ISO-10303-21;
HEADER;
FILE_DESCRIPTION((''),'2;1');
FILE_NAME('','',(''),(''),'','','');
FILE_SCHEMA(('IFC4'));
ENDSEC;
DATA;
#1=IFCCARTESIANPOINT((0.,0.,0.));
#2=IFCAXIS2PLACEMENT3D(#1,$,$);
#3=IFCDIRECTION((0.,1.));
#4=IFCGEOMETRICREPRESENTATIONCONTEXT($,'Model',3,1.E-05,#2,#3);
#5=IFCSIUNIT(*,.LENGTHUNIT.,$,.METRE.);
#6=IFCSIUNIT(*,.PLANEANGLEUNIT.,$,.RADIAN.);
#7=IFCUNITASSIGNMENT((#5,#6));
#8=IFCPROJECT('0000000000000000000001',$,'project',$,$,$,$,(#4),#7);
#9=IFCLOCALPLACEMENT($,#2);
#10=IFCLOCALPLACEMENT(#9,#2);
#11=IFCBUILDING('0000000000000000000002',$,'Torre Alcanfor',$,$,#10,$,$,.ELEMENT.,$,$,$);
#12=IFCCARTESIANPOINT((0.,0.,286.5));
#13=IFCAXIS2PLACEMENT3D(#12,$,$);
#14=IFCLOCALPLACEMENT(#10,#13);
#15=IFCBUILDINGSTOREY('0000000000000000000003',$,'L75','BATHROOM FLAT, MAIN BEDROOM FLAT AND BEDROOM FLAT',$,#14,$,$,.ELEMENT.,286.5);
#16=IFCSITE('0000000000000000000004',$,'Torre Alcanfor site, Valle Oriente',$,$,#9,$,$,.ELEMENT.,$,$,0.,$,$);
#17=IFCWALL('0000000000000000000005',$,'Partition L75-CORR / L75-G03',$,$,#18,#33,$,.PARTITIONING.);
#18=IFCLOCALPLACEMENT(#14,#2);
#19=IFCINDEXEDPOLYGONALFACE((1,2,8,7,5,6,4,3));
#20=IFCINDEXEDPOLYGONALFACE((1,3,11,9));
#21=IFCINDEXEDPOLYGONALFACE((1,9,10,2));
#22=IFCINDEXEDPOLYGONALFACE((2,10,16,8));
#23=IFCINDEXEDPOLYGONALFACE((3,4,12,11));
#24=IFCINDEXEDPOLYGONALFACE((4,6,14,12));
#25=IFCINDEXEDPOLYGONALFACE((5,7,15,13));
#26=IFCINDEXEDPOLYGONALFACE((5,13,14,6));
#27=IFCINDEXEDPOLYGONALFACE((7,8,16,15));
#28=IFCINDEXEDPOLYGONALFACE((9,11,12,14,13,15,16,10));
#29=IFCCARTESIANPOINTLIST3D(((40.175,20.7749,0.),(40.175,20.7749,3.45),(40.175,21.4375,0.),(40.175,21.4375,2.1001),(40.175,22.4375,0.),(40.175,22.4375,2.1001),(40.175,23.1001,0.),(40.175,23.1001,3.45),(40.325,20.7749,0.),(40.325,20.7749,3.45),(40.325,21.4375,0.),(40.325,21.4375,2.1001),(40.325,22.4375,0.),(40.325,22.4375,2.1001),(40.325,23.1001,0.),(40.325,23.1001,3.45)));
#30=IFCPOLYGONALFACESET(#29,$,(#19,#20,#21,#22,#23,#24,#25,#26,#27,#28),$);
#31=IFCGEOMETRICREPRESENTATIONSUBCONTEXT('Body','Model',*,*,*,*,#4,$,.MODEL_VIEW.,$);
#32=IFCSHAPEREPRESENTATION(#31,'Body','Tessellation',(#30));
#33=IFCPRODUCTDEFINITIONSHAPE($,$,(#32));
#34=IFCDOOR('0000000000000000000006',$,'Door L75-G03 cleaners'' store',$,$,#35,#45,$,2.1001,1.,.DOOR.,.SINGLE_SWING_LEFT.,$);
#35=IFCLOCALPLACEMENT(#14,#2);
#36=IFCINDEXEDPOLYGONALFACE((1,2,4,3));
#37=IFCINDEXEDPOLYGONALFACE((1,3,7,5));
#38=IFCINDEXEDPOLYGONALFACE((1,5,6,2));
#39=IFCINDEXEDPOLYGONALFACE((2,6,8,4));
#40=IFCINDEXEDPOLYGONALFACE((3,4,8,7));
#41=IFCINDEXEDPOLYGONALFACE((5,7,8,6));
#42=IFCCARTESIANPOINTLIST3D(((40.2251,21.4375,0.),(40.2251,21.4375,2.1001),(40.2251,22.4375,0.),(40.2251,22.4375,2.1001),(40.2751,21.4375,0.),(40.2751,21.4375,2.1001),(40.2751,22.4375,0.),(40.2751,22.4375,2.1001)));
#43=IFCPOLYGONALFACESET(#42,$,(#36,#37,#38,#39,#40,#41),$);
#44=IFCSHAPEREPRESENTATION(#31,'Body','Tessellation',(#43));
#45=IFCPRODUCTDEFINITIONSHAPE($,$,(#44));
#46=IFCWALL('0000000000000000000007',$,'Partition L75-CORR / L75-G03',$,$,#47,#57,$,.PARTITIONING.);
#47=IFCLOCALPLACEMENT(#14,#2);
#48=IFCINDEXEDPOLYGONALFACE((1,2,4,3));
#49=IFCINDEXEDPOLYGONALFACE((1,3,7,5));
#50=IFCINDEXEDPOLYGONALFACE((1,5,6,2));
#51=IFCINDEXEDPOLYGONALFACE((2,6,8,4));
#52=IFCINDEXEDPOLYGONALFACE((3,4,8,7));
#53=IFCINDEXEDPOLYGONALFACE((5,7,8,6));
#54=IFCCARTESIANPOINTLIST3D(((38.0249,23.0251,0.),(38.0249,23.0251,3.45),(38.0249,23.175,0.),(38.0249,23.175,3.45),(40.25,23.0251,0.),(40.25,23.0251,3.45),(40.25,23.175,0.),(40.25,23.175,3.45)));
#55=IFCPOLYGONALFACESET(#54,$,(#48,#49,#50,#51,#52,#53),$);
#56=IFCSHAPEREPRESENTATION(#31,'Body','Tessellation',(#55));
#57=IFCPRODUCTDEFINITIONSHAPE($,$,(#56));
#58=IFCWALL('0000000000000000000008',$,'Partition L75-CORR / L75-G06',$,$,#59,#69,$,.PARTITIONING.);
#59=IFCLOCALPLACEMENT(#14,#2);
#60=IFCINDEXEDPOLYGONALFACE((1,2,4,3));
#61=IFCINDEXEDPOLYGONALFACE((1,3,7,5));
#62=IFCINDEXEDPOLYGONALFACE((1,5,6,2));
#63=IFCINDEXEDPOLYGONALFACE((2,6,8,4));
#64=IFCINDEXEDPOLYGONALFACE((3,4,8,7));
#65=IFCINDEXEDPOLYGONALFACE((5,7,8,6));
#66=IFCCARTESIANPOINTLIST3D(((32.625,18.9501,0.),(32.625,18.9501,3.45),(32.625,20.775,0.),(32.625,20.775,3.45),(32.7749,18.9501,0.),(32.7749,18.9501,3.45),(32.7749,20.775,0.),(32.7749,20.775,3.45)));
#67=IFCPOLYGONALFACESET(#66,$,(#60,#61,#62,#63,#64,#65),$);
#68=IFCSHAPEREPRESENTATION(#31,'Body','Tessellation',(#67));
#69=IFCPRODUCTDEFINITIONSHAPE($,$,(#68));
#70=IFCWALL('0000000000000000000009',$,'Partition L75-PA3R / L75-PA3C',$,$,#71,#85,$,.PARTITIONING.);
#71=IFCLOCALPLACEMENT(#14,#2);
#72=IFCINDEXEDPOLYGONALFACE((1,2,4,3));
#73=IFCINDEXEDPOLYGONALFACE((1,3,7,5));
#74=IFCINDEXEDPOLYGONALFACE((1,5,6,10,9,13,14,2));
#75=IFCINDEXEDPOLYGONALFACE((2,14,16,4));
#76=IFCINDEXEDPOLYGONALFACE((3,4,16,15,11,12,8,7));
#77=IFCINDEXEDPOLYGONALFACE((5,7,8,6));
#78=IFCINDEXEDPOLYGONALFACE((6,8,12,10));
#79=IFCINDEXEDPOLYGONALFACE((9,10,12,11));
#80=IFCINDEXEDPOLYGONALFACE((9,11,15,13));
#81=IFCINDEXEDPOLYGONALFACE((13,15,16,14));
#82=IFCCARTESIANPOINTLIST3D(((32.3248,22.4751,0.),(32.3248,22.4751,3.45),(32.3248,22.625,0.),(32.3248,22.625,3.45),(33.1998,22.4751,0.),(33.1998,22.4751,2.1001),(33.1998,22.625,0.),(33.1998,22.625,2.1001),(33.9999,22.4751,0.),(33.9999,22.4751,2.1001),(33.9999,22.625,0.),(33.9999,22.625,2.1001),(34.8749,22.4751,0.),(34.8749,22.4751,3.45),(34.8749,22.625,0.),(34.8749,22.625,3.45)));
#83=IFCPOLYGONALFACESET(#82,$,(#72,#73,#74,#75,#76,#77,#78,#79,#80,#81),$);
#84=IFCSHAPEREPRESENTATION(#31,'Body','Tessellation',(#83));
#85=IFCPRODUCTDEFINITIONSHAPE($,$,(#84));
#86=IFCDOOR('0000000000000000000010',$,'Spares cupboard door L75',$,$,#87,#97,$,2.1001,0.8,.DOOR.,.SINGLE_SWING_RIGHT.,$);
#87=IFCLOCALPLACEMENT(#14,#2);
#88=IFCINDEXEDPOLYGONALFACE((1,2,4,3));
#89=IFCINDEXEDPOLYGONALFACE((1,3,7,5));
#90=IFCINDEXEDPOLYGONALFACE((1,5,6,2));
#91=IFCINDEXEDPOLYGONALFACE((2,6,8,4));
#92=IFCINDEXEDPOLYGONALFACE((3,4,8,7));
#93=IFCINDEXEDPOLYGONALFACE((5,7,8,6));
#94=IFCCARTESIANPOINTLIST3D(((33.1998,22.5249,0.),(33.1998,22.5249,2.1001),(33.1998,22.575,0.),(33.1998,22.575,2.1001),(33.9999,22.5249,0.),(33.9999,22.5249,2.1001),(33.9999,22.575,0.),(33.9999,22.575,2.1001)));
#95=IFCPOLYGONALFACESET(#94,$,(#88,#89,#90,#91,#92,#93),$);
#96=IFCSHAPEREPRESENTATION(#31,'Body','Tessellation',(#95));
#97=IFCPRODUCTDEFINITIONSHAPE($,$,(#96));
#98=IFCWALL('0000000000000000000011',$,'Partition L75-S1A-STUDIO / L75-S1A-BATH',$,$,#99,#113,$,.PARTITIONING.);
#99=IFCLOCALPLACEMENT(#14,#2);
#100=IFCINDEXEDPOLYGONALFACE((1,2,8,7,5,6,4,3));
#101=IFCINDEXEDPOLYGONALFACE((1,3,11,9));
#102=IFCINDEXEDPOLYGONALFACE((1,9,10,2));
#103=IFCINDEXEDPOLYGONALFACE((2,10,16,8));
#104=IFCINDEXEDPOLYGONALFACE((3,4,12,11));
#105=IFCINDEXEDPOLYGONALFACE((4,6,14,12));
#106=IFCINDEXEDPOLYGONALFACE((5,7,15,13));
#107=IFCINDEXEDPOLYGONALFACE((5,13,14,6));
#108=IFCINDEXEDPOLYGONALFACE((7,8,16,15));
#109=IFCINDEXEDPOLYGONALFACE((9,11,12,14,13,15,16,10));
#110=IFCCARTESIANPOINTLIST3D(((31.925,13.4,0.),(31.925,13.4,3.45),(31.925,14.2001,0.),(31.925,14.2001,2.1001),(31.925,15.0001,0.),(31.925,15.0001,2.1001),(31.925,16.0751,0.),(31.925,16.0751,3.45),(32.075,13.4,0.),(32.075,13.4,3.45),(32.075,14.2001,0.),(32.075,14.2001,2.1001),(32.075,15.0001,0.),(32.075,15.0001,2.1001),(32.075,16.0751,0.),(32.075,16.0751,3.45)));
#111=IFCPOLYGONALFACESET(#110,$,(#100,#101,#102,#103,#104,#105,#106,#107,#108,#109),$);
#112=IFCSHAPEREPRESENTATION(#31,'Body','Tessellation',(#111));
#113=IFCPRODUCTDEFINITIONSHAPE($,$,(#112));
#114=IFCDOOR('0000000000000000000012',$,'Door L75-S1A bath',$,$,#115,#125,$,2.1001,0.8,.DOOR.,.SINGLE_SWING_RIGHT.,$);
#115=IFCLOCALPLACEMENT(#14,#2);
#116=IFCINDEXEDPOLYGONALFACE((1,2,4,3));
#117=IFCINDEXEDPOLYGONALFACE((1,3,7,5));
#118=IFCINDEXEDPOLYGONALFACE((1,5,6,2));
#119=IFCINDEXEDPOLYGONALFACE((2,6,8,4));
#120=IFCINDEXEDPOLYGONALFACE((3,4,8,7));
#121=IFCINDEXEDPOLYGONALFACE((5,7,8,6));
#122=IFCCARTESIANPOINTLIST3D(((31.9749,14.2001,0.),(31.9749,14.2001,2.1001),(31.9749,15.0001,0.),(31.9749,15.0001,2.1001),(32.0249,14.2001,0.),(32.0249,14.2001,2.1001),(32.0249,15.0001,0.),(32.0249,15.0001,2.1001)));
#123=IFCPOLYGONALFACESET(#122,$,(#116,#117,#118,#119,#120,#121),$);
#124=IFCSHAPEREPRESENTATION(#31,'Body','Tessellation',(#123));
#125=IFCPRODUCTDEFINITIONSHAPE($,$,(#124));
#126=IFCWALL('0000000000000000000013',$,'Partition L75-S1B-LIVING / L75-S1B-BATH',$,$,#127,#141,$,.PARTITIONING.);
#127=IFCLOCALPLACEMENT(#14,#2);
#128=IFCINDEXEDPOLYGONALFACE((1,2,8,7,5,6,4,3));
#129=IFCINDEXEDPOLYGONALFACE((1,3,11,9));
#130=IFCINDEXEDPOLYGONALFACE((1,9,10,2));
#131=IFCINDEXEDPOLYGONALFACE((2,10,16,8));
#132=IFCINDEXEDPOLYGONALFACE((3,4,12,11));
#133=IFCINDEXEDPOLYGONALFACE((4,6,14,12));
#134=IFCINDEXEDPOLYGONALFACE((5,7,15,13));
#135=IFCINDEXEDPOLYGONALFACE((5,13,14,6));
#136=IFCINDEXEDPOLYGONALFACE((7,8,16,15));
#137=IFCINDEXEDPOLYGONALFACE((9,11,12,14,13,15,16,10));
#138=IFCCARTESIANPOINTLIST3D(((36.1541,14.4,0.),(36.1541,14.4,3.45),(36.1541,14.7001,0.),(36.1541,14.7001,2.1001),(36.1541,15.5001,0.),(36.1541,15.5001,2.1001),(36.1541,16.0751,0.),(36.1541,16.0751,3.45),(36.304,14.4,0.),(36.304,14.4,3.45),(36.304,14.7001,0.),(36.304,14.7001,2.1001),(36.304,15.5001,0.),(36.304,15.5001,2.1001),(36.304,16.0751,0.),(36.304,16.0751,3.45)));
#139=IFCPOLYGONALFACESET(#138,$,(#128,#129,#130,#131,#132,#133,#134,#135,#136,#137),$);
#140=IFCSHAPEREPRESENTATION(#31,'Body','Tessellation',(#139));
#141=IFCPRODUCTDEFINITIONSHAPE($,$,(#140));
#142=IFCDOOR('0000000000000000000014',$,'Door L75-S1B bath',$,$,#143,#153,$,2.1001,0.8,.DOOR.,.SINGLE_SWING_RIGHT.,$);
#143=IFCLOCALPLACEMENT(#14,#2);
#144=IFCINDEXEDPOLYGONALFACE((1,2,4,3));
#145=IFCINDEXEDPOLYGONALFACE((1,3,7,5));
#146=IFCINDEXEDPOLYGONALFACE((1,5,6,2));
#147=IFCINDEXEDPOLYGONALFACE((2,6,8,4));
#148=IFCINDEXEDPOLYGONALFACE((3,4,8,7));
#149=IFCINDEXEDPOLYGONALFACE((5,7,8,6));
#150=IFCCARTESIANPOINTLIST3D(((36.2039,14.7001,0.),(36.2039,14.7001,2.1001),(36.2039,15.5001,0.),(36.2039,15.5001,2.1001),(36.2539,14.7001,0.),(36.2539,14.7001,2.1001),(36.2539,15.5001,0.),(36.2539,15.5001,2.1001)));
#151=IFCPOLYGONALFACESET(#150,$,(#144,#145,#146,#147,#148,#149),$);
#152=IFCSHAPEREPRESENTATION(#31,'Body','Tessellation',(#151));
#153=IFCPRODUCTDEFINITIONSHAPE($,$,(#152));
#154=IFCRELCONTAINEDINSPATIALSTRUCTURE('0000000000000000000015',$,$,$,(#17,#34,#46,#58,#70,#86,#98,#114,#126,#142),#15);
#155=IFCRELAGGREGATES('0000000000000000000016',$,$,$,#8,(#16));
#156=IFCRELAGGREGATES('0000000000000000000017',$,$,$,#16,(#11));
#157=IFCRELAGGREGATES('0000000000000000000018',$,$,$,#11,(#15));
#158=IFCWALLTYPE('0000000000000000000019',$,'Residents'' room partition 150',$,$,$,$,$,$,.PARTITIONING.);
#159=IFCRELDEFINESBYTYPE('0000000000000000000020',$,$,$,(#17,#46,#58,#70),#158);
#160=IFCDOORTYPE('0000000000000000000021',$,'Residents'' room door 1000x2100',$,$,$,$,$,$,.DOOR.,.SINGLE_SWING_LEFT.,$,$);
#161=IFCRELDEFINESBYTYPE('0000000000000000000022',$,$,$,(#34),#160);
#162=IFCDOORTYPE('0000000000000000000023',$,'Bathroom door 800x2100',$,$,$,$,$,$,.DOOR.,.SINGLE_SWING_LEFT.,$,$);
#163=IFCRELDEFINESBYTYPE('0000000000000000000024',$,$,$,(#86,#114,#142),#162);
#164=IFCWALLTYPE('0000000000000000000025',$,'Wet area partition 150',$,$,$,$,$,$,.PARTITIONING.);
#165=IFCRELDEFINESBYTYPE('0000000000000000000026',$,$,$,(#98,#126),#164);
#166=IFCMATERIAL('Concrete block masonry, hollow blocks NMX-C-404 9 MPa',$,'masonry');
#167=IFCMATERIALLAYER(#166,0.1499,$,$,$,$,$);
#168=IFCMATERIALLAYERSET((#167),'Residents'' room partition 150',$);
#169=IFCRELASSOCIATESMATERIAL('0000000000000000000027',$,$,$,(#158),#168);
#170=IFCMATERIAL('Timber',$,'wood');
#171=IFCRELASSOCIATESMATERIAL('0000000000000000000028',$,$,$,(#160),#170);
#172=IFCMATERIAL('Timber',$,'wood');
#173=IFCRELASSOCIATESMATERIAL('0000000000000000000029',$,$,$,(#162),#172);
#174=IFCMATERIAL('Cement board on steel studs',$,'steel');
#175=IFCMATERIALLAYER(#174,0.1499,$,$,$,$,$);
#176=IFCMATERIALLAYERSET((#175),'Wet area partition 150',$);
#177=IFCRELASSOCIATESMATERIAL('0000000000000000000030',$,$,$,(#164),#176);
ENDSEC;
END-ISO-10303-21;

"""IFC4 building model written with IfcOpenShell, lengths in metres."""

from ifc_helpers import new_model, si_unit, direction, frame, frame_2d, origin, place, context, subcontext, project, spatial, rectangle, extrude, material, layer, layer_set, type_object, element, fill, save


model = new_model("IFC4")

# Units and contexts
model_context = context("Model", 3, precision=1e-05, world=origin(), true_north=direction((0.0, 1.0)))
body_context = subcontext(model_context, "Body", "Model", "MODEL_VIEW")
ifc_project = project(units=[si_unit("LENGTHUNIT", "METRE"), si_unit("PLANEANGLEUNIT", "RADIAN")], contexts=[model_context])

# Site, building, storey
site_placement = place(None, origin())
site = spatial("IfcSite", under=ifc_project, at=site_placement, Name="Torre Alcanfor site, Valle Oriente", CompositionType="ELEMENT", RefElevation=0.0)
building_placement = place(site_placement, origin())
building = spatial("IfcBuilding", under=site, at=building_placement, Name="Torre Alcanfor", CompositionType="ELEMENT")
storey_placement = place(building_placement, frame((0.0, 0.0, 286.5)))
storey = spatial("IfcBuildingStorey", under=building, at=storey_placement, Name="L75", Description="BATHROOM FLAT, MAIN BEDROOM FLAT AND BEDROOM FLAT", CompositionType="ELEMENT", Elevation=286.5)

# Shared definitions
ifc_material_1 = material(Name="Concrete block masonry, hollow blocks NMX-C-404 9 MPa", Category="masonry")
ifc_layer_1 = layer(ifc_material_1, 0.1499)
ifc_layer_set_1 = layer_set([ifc_layer_1], Name="Residents' room partition 150")
wall_type_1 = type_object("IfcWallType", Name="Residents' room partition 150", PredefinedType="PARTITIONING", material=ifc_layer_set_1)

# Wall, opening, door
wall_1_placement = place(storey_placement, frame((40.25, 20.7749, 0.0), z_axis=(0.0, 0.0, 1.0), x_axis=(0.0, 1.0, 0.0)))
wall_1 = element("IfcWall", 1, at=wall_1_placement, inside=storey, type_object=wall_type_1, Name="Partition L75-CORR / L75-G03", PredefinedType="PARTITIONING", context=body_context, shape_type="SweptSolid", body=[
    extrude(rectangle(XDim=2.3252, YDim=0.1499, at=frame_2d((1.1626, 0.0))), origin(), (0.0, 0.0, 1.0), 3.45),
])
opening_1_placement = place(wall_1_placement, frame((0.6626, 0.0, 0.0)))
opening_1 = element("IfcOpeningElement", 2, at=opening_1_placement, cuts=wall_1, PredefinedType="OPENING", context=body_context, shape_type="SweptSolid", body=[
    extrude(rectangle(XDim=1.0, YDim=2.1001, at=frame_2d((0.5, 1.05))), frame((0.0, 0.085, 0.0), z_axis=(0.0, -1.0, 0.0), x_axis=(1.0, 0.0, 0.0)), (0.0, 0.0, 1.0), 0.1699),
])
ifc_material_2 = material(Name="Timber", Category="wood")
door_type_1 = type_object("IfcDoorType", Name="Residents' room door 1000x2100", OperationType="SINGLE_SWING_LEFT", PredefinedType="DOOR", material=ifc_material_2)
door_1_placement = place(opening_1_placement, origin())
door_1 = element("IfcDoor", 3, at=door_1_placement, inside=storey, type_object=door_type_1, Name="Door L75-G03 cleaners' store", OperationType="SINGLE_SWING_LEFT", OverallHeight=2.1001, OverallWidth=1.0, PredefinedType="DOOR", context=body_context, shape_type="SweptSolid", body=[
    extrude(rectangle(XDim=1.0, YDim=2.1001, at=frame_2d((0.5, 1.05))), frame((0.0, 0.0249, 0.0), z_axis=(0.0, -1.0, 0.0), x_axis=(1.0, 0.0, 0.0)), (0.0, 0.0, 1.0), 0.05),
])
fill(opening_1, door_1)

# Walls
wall_2_placement = place(storey_placement, frame((40.25, 23.1001, 0.0), z_axis=(0.0, 0.0, 1.0), x_axis=(-1.0, 0.0, 0.0)))
element("IfcWall", 4, at=wall_2_placement, inside=storey, type_object=wall_type_1, Name="Partition L75-CORR / L75-G03", PredefinedType="PARTITIONING", context=body_context, shape_type="SweptSolid", body=[
    extrude(rectangle(XDim=2.2251, YDim=0.1499, at=frame_2d((1.1125, 0.0))), origin(), (0.0, 0.0, 1.0), 3.45),
])
wall_3_placement = place(storey_placement, frame((32.7, 18.95, 0.0), z_axis=(0.0, 0.0, 1.0), x_axis=(0.0, 1.0, 0.0)))
element("IfcWall", 5, at=wall_3_placement, inside=storey, type_object=wall_type_1, Name="Partition L75-CORR / L75-G06", PredefinedType="PARTITIONING", context=body_context, shape_type="SweptSolid", body=[
    extrude(rectangle(XDim=1.825, YDim=0.1499, at=frame_2d((0.9126, 0.0))), origin(), (0.0, 0.0, 1.0), 3.45),
])

# Walls, openings, doors
wall_4_placement = place(storey_placement, frame((32.325, 22.55, 0.0), z_axis=(0.0, 0.0, 1.0), x_axis=(1.0, 0.0, 0.0)))
wall_4 = element("IfcWall", 6, at=wall_4_placement, inside=storey, type_object=wall_type_1, Name="Partition L75-PA3R / L75-PA3C", PredefinedType="PARTITIONING", context=body_context, shape_type="SweptSolid", body=[
    extrude(rectangle(XDim=2.55, YDim=0.1499, at=frame_2d((1.2749, 0.0))), origin(), (0.0, 0.0, 1.0), 3.45),
])
opening_2_placement = place(wall_4_placement, frame((0.875, 0.0, 0.0)))
opening_2 = element("IfcOpeningElement", 7, at=opening_2_placement, cuts=wall_4, PredefinedType="OPENING", context=body_context, shape_type="SweptSolid", body=[
    extrude(rectangle(XDim=0.8, YDim=2.1001, at=frame_2d((0.3999, 1.05))), frame((0.0, 0.085, 0.0), z_axis=(0.0, -1.0, 0.0), x_axis=(1.0, 0.0, 0.0)), (0.0, 0.0, 1.0), 0.1699),
])
ifc_material_3 = material(Name="Timber", Category="wood")
door_type_2 = type_object("IfcDoorType", Name="Bathroom door 800x2100", OperationType="SINGLE_SWING_LEFT", PredefinedType="DOOR", material=ifc_material_3)
door_2_placement = place(opening_2_placement, frame((0.8, 0.0, 0.0), z_axis=(0.0, 0.0, 1.0), x_axis=(-1.0, 0.0, 0.0)))
door_2 = element("IfcDoor", 8, at=door_2_placement, inside=storey, type_object=door_type_2, Name="Spares cupboard door L75", OperationType="SINGLE_SWING_RIGHT", OverallHeight=2.1001, OverallWidth=0.8, PredefinedType="DOOR", context=body_context, shape_type="SweptSolid", body=[
    extrude(rectangle(XDim=0.8, YDim=2.1001, at=frame_2d((0.4001, 1.05))), frame((0.0, 0.0251, 0.0), z_axis=(0.0, -1.0, 0.0), x_axis=(1.0, 0.0, 0.0)), (0.0, 0.0, 1.0), 0.05),
])
fill(opening_2, door_2)
ifc_material_4 = material(Name="Cement board on steel studs", Category="steel")
ifc_layer_2 = layer(ifc_material_4, 0.1499)
ifc_layer_set_2 = layer_set([ifc_layer_2], Name="Wet area partition 150")
wall_type_2 = type_object("IfcWallType", Name="Wet area partition 150", PredefinedType="PARTITIONING", material=ifc_layer_set_2)
wall_5_placement = place(storey_placement, frame((32.0, 16.075, 0.0), z_axis=(0.0, 0.0, 1.0), x_axis=(0.0, -1.0, 0.0)))
wall_5 = element("IfcWall", 9, at=wall_5_placement, inside=storey, type_object=wall_type_2, Name="Partition L75-S1A-STUDIO / L75-S1A-BATH", PredefinedType="PARTITIONING", context=body_context, shape_type="SweptSolid", body=[
    extrude(rectangle(XDim=2.675, YDim=0.1499, at=frame_2d((1.3374, 0.0))), origin(), (0.0, 0.0, 1.0), 3.45),
])
opening_3_placement = place(wall_5_placement, frame((1.075, 0.0, 0.0)))
opening_3 = element("IfcOpeningElement", 10, at=opening_3_placement, cuts=wall_5, PredefinedType="OPENING", context=body_context, shape_type="SweptSolid", body=[
    extrude(rectangle(XDim=0.8, YDim=2.1001, at=frame_2d((0.3999, 1.05))), frame((0.0, 0.085, 0.0), z_axis=(0.0, -1.0, 0.0), x_axis=(1.0, 0.0, 0.0)), (0.0, 0.0, 1.0), 0.1699),
])
door_3_placement = place(opening_3_placement, origin())
door_3 = element("IfcDoor", 11, at=door_3_placement, inside=storey, type_object=door_type_2, Name="Door L75-S1A bath", OperationType="SINGLE_SWING_RIGHT", OverallHeight=2.1001, OverallWidth=0.8, PredefinedType="DOOR", context=body_context, shape_type="SweptSolid", body=[
    extrude(rectangle(XDim=0.8, YDim=2.1001, at=frame_2d((0.3999, 1.05))), frame((0.0, 0.0249, 0.0), z_axis=(0.0, -1.0, 0.0), x_axis=(1.0, 0.0, 0.0)), (0.0, 0.0, 1.0), 0.05),
])
fill(opening_3, door_3)
wall_6_placement = place(storey_placement, frame((36.229, 16.075, 0.0), z_axis=(0.0, 0.0, 1.0), x_axis=(0.0, -1.0, 0.0)))
wall_6 = element("IfcWall", 12, at=wall_6_placement, inside=storey, type_object=wall_type_2, Name="Partition L75-S1B-LIVING / L75-S1B-BATH", PredefinedType="PARTITIONING", context=body_context, shape_type="SweptSolid", body=[
    extrude(rectangle(XDim=1.675, YDim=0.1499, at=frame_2d((0.8374, 0.0))), origin(), (0.0, 0.0, 1.0), 3.45),
])
opening_4_placement = place(wall_6_placement, frame((0.575, 0.0, 0.0)))
opening_4 = element("IfcOpeningElement", 13, at=opening_4_placement, cuts=wall_6, PredefinedType="OPENING", context=body_context, shape_type="SweptSolid", body=[
    extrude(rectangle(XDim=0.8, YDim=2.1001, at=frame_2d((0.3999, 1.05))), frame((0.0, 0.085, 0.0), z_axis=(0.0, -1.0, 0.0), x_axis=(1.0, 0.0, 0.0)), (0.0, 0.0, 1.0), 0.1699),
])
door_4_placement = place(opening_4_placement, origin())
door_4 = element("IfcDoor", 14, at=door_4_placement, inside=storey, type_object=door_type_2, Name="Door L75-S1B bath", OperationType="SINGLE_SWING_RIGHT", OverallHeight=2.1001, OverallWidth=0.8, PredefinedType="DOOR", context=body_context, shape_type="SweptSolid", body=[
    extrude(rectangle(XDim=0.8, YDim=2.1001, at=frame_2d((0.3999, 1.05))), frame((0.0, 0.0249, 0.0), z_axis=(0.0, -1.0, 0.0), x_axis=(1.0, 0.0, 0.0)), (0.0, 0.0, 1.0), 0.05),
])
fill(opening_4, door_4)

save(model, "model.ifc")
